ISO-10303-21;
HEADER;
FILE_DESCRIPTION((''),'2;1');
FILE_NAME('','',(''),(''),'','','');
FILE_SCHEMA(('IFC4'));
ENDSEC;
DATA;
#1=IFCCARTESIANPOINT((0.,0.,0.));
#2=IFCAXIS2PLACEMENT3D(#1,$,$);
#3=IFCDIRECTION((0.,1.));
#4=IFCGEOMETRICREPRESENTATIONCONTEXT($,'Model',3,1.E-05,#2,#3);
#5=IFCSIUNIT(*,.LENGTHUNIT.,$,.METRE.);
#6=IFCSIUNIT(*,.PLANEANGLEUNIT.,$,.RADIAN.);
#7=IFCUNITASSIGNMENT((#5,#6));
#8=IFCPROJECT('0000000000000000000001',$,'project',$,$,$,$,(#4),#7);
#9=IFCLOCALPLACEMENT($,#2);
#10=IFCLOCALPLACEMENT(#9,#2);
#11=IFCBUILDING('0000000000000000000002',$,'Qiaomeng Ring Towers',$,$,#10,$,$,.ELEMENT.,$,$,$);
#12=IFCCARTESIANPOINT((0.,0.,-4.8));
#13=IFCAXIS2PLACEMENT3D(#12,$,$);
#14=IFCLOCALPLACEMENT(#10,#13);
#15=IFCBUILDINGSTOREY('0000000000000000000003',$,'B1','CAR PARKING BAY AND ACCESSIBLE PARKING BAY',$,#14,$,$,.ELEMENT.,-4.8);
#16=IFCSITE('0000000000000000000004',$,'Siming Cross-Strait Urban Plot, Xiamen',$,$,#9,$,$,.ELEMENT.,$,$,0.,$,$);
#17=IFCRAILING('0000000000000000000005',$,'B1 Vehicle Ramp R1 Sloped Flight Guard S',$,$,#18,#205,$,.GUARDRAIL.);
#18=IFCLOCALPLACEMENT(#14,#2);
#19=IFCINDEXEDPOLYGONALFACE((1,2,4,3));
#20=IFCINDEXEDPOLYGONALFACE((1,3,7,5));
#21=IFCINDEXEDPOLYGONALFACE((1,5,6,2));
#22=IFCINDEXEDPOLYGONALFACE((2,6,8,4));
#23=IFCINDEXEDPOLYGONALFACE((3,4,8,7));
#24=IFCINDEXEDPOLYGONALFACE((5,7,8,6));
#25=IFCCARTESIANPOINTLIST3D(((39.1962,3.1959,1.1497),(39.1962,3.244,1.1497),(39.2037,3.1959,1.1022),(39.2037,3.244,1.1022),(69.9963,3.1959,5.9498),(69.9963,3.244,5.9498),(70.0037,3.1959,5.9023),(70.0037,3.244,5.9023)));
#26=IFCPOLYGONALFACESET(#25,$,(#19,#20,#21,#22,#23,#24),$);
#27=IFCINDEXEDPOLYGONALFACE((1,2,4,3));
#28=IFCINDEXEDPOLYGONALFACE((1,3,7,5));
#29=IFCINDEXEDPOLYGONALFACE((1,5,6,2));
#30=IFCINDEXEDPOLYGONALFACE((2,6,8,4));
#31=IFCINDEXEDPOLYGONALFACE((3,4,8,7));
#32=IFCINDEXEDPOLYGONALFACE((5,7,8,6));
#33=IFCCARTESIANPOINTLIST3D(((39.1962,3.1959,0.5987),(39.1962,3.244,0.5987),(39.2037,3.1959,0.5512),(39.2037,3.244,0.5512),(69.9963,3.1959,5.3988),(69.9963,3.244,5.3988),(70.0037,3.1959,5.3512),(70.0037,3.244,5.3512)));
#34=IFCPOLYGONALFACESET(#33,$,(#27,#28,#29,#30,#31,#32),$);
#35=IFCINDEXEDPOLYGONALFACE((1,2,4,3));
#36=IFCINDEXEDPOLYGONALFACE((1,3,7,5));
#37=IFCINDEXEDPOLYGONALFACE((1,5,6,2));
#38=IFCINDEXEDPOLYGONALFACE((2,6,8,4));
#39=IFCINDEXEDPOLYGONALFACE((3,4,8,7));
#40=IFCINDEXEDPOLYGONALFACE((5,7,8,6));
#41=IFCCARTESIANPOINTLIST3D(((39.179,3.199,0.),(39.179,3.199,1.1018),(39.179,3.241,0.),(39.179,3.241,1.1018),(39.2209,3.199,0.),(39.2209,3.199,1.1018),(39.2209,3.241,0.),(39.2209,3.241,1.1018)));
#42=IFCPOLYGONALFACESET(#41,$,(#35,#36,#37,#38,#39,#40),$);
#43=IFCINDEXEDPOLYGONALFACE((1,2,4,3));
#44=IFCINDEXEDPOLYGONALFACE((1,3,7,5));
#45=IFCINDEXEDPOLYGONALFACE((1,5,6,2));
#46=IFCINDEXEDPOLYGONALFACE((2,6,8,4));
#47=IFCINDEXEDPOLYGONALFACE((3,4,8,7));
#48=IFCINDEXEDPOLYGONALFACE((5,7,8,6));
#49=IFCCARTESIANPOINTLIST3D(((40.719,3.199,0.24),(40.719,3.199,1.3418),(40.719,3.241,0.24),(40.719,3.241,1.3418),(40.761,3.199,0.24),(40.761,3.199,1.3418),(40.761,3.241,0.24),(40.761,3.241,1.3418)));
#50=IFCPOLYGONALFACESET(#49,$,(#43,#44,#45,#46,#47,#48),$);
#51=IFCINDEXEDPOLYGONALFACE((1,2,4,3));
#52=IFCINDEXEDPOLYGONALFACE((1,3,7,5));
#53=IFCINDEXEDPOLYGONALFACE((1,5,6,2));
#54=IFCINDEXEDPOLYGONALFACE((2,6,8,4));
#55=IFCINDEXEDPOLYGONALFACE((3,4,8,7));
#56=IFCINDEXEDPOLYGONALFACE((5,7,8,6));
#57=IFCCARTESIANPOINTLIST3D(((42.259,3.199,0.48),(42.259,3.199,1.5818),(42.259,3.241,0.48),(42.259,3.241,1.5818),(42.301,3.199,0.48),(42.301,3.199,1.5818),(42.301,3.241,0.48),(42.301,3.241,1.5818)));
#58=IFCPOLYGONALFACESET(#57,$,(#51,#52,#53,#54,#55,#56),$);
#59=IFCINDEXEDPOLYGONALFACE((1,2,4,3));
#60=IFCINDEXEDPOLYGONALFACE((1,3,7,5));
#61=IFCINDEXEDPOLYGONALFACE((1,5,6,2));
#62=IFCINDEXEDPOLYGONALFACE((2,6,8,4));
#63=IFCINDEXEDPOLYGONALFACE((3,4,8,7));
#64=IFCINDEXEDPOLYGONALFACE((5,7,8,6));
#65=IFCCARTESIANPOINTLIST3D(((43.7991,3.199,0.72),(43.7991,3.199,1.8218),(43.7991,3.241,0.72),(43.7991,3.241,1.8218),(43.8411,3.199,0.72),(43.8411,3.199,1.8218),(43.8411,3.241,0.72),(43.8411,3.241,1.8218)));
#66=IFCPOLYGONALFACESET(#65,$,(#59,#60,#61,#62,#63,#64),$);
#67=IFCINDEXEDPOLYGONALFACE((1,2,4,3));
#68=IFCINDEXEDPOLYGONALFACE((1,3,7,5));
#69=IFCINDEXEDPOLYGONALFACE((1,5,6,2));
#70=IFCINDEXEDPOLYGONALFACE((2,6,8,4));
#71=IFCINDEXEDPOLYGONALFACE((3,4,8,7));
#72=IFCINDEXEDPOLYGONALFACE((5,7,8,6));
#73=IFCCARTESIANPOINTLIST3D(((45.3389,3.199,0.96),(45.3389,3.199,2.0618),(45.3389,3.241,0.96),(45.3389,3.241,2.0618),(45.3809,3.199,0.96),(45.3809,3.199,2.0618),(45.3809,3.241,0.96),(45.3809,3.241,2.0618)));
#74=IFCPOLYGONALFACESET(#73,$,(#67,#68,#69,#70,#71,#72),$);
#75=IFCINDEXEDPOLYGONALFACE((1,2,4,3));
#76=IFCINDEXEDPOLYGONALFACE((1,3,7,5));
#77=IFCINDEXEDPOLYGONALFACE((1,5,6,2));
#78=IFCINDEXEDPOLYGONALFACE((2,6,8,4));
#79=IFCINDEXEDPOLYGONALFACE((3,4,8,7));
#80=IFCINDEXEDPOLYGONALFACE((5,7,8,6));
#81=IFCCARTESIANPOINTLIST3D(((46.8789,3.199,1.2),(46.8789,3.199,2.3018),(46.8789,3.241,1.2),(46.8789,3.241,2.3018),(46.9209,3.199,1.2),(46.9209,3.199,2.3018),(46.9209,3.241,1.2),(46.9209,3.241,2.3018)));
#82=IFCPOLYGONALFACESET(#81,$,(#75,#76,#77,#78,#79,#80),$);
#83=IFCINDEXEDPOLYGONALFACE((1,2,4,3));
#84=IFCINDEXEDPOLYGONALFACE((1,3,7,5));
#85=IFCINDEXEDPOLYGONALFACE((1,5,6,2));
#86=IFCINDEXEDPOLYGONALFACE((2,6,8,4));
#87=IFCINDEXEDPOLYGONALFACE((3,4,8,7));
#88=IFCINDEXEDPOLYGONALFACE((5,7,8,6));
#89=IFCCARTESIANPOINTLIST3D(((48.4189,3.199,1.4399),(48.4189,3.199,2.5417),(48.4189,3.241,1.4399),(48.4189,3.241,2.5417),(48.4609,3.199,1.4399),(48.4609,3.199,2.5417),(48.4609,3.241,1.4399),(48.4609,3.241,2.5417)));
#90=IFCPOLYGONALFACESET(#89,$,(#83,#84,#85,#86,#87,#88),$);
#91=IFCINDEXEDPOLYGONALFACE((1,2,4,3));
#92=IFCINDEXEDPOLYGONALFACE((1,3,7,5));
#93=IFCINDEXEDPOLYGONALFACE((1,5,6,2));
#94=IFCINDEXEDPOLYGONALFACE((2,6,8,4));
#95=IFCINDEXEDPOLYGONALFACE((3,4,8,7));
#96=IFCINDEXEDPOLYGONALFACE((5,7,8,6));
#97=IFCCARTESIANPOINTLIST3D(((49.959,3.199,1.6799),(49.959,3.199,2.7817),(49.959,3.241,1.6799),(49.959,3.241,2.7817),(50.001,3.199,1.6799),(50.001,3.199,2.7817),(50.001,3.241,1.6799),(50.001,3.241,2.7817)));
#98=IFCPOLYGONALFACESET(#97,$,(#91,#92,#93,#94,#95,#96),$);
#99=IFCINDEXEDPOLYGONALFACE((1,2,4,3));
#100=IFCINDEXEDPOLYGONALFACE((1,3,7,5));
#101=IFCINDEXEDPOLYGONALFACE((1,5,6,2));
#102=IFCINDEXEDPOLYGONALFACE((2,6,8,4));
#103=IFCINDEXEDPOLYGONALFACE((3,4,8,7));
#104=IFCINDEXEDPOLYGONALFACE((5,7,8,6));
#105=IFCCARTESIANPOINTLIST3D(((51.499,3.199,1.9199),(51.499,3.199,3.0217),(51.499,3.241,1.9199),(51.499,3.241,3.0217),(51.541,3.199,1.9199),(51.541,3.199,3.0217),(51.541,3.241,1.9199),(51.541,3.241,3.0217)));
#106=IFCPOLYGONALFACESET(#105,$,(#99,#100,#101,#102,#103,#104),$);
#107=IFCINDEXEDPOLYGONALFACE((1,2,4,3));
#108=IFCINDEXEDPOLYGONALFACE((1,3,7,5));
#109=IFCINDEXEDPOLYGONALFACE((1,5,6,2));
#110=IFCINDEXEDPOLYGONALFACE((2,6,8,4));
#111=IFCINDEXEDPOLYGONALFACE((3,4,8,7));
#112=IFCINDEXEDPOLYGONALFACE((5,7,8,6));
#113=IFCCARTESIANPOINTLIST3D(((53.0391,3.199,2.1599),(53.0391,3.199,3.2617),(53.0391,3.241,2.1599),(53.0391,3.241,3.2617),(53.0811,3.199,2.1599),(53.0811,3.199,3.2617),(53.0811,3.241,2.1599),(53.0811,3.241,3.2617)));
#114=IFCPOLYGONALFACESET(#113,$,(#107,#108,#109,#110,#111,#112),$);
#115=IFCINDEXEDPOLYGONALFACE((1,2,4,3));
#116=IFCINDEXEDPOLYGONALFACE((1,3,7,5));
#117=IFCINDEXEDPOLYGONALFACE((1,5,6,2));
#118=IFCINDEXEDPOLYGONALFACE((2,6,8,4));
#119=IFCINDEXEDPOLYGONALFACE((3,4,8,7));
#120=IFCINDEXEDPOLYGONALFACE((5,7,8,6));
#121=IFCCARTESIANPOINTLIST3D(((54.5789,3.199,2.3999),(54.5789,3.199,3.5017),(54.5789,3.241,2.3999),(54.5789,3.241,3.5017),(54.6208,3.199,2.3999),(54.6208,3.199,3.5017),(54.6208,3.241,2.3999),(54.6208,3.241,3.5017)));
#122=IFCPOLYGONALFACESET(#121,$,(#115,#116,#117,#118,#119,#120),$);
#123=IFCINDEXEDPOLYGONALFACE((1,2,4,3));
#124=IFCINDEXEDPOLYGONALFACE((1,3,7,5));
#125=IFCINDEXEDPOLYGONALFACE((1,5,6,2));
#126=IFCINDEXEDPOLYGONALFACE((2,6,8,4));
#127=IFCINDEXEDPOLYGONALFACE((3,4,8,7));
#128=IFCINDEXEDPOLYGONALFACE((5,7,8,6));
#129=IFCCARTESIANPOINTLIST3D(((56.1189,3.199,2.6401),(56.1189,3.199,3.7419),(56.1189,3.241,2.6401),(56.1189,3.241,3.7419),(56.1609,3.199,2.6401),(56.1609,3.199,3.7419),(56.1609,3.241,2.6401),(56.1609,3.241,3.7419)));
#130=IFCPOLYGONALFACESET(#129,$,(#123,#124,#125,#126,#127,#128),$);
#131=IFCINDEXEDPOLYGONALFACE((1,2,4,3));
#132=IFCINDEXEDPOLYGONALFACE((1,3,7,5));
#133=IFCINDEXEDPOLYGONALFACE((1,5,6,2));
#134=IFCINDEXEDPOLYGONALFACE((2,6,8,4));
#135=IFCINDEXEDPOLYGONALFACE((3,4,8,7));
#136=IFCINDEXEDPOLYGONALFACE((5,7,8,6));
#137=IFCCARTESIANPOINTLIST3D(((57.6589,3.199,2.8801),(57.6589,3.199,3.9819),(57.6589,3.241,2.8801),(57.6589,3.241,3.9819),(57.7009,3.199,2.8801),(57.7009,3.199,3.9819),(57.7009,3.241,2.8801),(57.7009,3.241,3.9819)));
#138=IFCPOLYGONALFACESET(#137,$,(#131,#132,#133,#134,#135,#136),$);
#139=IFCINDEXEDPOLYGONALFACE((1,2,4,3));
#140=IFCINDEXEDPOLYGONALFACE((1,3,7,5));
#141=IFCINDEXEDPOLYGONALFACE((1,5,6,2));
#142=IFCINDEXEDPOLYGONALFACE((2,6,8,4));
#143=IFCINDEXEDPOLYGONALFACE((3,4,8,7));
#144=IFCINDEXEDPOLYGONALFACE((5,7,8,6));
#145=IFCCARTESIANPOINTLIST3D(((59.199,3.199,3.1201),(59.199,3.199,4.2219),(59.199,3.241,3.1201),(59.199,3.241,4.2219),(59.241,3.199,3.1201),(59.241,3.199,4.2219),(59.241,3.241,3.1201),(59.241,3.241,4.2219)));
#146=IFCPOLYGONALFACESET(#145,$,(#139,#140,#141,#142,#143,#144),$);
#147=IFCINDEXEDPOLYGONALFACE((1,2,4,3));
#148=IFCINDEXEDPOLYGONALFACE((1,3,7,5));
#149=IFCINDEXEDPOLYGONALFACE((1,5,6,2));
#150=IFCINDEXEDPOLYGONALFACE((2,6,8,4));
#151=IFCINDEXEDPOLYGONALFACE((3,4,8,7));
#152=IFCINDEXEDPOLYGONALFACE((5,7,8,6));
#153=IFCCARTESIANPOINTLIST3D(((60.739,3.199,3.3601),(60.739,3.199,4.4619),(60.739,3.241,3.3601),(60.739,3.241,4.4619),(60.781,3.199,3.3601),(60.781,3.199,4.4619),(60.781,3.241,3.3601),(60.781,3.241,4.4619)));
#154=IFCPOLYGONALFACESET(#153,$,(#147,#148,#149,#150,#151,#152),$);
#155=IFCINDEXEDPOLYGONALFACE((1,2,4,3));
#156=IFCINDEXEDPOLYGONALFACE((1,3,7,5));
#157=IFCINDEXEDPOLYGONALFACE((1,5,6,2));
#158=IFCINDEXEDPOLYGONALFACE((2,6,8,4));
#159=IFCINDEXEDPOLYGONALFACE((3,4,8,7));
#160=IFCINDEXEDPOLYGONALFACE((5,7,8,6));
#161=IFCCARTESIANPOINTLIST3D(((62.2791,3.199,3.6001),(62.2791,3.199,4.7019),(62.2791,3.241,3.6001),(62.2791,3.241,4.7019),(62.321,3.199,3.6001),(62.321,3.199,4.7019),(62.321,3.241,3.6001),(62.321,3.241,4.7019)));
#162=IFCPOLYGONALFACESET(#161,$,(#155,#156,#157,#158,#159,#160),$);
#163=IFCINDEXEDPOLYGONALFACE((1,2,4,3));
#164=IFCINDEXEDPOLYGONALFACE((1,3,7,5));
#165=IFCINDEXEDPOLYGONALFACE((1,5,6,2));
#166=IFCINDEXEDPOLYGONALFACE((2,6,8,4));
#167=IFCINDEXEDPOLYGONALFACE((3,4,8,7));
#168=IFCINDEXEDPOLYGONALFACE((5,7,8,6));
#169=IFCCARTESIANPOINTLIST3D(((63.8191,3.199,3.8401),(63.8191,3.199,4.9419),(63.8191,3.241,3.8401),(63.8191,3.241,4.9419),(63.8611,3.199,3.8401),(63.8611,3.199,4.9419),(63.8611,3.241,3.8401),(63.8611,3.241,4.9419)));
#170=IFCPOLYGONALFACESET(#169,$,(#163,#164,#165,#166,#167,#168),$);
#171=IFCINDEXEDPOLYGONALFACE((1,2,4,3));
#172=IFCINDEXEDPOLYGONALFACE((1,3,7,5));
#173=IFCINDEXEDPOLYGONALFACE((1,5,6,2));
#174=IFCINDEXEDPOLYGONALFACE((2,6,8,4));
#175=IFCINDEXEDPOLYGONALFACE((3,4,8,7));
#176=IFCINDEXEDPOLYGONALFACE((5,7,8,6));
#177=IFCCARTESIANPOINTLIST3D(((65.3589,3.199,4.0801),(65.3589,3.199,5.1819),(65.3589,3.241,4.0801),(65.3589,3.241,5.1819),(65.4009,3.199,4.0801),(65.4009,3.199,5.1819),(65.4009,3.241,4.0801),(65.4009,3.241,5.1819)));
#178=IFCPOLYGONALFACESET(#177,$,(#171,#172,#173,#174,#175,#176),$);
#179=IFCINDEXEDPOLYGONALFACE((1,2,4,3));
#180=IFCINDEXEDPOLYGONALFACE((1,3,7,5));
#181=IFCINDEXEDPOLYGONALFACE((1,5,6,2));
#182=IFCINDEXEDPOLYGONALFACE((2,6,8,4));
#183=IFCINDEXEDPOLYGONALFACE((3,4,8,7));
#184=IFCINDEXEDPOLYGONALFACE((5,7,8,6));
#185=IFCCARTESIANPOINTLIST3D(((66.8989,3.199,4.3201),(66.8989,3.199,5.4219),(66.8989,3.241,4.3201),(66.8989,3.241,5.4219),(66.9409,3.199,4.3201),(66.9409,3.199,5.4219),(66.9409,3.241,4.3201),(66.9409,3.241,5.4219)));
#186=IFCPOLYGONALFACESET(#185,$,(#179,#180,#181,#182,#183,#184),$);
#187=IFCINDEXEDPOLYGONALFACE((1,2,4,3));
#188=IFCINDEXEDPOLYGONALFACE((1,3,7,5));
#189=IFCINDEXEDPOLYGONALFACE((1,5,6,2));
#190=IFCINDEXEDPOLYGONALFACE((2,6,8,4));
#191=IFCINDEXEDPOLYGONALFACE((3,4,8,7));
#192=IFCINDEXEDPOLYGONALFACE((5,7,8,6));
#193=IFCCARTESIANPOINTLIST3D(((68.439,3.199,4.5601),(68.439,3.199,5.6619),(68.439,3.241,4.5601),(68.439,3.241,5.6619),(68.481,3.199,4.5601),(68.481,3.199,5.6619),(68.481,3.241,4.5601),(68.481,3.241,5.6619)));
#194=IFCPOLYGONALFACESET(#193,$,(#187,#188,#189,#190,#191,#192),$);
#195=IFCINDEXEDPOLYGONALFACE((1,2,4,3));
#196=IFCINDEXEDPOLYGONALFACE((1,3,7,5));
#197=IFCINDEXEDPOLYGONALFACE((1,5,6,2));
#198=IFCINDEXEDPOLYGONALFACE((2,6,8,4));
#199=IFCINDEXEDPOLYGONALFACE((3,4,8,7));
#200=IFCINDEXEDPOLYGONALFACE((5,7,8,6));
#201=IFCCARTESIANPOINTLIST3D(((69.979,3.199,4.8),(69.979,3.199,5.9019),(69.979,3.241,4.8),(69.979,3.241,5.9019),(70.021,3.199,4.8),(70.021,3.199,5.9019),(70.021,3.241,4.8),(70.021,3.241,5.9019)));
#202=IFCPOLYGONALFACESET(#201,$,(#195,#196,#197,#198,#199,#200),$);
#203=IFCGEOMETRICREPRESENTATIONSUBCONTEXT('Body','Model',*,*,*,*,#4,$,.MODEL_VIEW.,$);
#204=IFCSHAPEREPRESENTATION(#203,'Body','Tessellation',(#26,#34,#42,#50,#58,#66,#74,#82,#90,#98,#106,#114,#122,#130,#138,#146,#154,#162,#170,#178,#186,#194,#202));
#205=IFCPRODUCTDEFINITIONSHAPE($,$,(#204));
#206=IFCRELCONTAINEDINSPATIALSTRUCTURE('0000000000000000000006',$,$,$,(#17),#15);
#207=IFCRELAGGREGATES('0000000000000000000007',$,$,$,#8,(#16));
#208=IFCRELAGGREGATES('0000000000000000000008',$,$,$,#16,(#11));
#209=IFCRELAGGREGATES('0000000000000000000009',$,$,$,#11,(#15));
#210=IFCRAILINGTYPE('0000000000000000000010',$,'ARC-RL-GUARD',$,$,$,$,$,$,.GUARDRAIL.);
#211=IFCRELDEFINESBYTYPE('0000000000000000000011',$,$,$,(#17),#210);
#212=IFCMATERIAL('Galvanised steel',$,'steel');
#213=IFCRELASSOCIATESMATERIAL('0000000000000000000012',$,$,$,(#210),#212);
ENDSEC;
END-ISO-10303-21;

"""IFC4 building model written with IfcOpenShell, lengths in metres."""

from ifc_helpers import new_model, si_unit, direction, frame, origin, origin_2d, place, context, subcontext, project, spatial, rectangle, extrude, material, type_object, element, save


model = new_model("IFC4")

# Units and contexts
model_context = context("Model", 3, precision=1e-05, world=origin(), true_north=direction((0.0, 1.0)))
body_context = subcontext(model_context, "Body", "Model", "MODEL_VIEW")
ifc_project = project(units=[si_unit("LENGTHUNIT", "METRE"), si_unit("PLANEANGLEUNIT", "RADIAN")], contexts=[model_context])

# Site, building, storey
site_placement = place(None, origin())
site = spatial("IfcSite", under=ifc_project, at=site_placement, Name="Siming Cross-Strait Urban Plot, Xiamen", CompositionType="ELEMENT", RefElevation=0.0)
building_placement = place(site_placement, origin())
building = spatial("IfcBuilding", under=site, at=building_placement, Name="Qiaomeng Ring Towers", CompositionType="ELEMENT")
storey_placement = place(building_placement, frame((0.0, 0.0, -4.8)))
storey = spatial("IfcBuildingStorey", under=building, at=storey_placement, Name="B1", Description="CAR PARKING BAY AND ACCESSIBLE PARKING BAY", CompositionType="ELEMENT", Elevation=-4.8)

# Railing
ifc_material_1 = material(Name="Galvanised steel", Category="steel")
railing_type = type_object("IfcRailingType", Name="ARC-RL-GUARD", PredefinedType="GUARDRAIL", material=ifc_material_1)
railing_1_placement = place(storey_placement, frame((39.2, 3.22, 0.0)))
element("IfcRailing", 1, at=railing_1_placement, inside=storey, type_object=railing_type, Name="B1 Vehicle Ramp R1 Sloped Flight Guard S", PredefinedType="GUARDRAIL", context=body_context, shape_type="SweptSolid", body=[
    extrude(rectangle(XDim=0.0481, YDim=0.0481, at=origin_2d()), frame((0.0, 0.0, 1.126), z_axis=(0.988073, 0.0, 0.153987), x_axis=(0.0, 1.0, 0.0)), (0.0, 0.0, 1.0), 31.1719),
    extrude(rectangle(XDim=0.0481, YDim=0.0481, at=origin_2d()), frame((0.0, 0.0, 0.575), z_axis=(0.988073, 0.0, 0.153987), x_axis=(0.0, 1.0, 0.0)), (0.0, 0.0, 1.0), 31.1719),
    extrude(rectangle(XDim=0.042, YDim=0.042, at=origin_2d()), origin(), (0.0, 0.0, 1.0), 1.1018),
    extrude(rectangle(XDim=0.042, YDim=0.042, at=origin_2d()), frame((1.54, 0.0, 0.24)), (0.0, 0.0, 1.0), 1.1018),
    extrude(rectangle(XDim=0.042, YDim=0.042, at=origin_2d()), frame((3.0801, 0.0, 0.48)), (0.0, 0.0, 1.0), 1.1018),
    extrude(rectangle(XDim=0.042, YDim=0.042, at=origin_2d()), frame((4.6201, 0.0, 0.72)), (0.0, 0.0, 1.0), 1.1018),
    extrude(rectangle(XDim=0.042, YDim=0.042, at=origin_2d()), frame((6.1599, 0.0, 0.96)), (0.0, 0.0, 1.0), 1.1018),
    extrude(rectangle(XDim=0.042, YDim=0.042, at=origin_2d()), frame((7.7, 0.0, 1.2)), (0.0, 0.0, 1.0), 1.1018),
    extrude(rectangle(XDim=0.042, YDim=0.042, at=origin_2d()), frame((9.24, 0.0, 1.4399)), (0.0, 0.0, 1.0), 1.1018),
    extrude(rectangle(XDim=0.042, YDim=0.042, at=origin_2d()), frame((10.78, 0.0, 1.6799)), (0.0, 0.0, 1.0), 1.1018),
    extrude(rectangle(XDim=0.042, YDim=0.042, at=origin_2d()), frame((12.3201, 0.0, 1.9199)), (0.0, 0.0, 1.0), 1.1018),
    extrude(rectangle(XDim=0.042, YDim=0.042, at=origin_2d()), frame((13.8601, 0.0, 2.1599)), (0.0, 0.0, 1.0), 1.1018),
    extrude(rectangle(XDim=0.042, YDim=0.042, at=origin_2d()), frame((15.3999, 0.0, 2.3999)), (0.0, 0.0, 1.0), 1.1018),
    extrude(rectangle(XDim=0.042, YDim=0.042, at=origin_2d()), frame((16.9399, 0.0, 2.6401)), (0.0, 0.0, 1.0), 1.1018),
    extrude(rectangle(XDim=0.042, YDim=0.042, at=origin_2d()), frame((18.48, 0.0, 2.8801)), (0.0, 0.0, 1.0), 1.1018),
    extrude(rectangle(XDim=0.042, YDim=0.042, at=origin_2d()), frame((20.02, 0.0, 3.1201)), (0.0, 0.0, 1.0), 1.1018),
    extrude(rectangle(XDim=0.042, YDim=0.042, at=origin_2d()), frame((21.5601, 0.0, 3.3601)), (0.0, 0.0, 1.0), 1.1018),
    extrude(rectangle(XDim=0.042, YDim=0.042, at=origin_2d()), frame((23.1001, 0.0, 3.6001)), (0.0, 0.0, 1.0), 1.1018),
    extrude(rectangle(XDim=0.042, YDim=0.042, at=origin_2d()), frame((24.6401, 0.0, 3.8401)), (0.0, 0.0, 1.0), 1.1018),
    extrude(rectangle(XDim=0.042, YDim=0.042, at=origin_2d()), frame((26.1799, 0.0, 4.0801)), (0.0, 0.0, 1.0), 1.1018),
    extrude(rectangle(XDim=0.042, YDim=0.042, at=origin_2d()), frame((27.72, 0.0, 4.3201)), (0.0, 0.0, 1.0), 1.1018),
    extrude(rectangle(XDim=0.042, YDim=0.042, at=origin_2d()), frame((29.26, 0.0, 4.5601)), (0.0, 0.0, 1.0), 1.1018),
    extrude(rectangle(XDim=0.042, YDim=0.042, at=origin_2d()), frame((30.8, 0.0, 4.8)), (0.0, 0.0, 1.0), 1.1018),
])

save(model, "model.ifc")
